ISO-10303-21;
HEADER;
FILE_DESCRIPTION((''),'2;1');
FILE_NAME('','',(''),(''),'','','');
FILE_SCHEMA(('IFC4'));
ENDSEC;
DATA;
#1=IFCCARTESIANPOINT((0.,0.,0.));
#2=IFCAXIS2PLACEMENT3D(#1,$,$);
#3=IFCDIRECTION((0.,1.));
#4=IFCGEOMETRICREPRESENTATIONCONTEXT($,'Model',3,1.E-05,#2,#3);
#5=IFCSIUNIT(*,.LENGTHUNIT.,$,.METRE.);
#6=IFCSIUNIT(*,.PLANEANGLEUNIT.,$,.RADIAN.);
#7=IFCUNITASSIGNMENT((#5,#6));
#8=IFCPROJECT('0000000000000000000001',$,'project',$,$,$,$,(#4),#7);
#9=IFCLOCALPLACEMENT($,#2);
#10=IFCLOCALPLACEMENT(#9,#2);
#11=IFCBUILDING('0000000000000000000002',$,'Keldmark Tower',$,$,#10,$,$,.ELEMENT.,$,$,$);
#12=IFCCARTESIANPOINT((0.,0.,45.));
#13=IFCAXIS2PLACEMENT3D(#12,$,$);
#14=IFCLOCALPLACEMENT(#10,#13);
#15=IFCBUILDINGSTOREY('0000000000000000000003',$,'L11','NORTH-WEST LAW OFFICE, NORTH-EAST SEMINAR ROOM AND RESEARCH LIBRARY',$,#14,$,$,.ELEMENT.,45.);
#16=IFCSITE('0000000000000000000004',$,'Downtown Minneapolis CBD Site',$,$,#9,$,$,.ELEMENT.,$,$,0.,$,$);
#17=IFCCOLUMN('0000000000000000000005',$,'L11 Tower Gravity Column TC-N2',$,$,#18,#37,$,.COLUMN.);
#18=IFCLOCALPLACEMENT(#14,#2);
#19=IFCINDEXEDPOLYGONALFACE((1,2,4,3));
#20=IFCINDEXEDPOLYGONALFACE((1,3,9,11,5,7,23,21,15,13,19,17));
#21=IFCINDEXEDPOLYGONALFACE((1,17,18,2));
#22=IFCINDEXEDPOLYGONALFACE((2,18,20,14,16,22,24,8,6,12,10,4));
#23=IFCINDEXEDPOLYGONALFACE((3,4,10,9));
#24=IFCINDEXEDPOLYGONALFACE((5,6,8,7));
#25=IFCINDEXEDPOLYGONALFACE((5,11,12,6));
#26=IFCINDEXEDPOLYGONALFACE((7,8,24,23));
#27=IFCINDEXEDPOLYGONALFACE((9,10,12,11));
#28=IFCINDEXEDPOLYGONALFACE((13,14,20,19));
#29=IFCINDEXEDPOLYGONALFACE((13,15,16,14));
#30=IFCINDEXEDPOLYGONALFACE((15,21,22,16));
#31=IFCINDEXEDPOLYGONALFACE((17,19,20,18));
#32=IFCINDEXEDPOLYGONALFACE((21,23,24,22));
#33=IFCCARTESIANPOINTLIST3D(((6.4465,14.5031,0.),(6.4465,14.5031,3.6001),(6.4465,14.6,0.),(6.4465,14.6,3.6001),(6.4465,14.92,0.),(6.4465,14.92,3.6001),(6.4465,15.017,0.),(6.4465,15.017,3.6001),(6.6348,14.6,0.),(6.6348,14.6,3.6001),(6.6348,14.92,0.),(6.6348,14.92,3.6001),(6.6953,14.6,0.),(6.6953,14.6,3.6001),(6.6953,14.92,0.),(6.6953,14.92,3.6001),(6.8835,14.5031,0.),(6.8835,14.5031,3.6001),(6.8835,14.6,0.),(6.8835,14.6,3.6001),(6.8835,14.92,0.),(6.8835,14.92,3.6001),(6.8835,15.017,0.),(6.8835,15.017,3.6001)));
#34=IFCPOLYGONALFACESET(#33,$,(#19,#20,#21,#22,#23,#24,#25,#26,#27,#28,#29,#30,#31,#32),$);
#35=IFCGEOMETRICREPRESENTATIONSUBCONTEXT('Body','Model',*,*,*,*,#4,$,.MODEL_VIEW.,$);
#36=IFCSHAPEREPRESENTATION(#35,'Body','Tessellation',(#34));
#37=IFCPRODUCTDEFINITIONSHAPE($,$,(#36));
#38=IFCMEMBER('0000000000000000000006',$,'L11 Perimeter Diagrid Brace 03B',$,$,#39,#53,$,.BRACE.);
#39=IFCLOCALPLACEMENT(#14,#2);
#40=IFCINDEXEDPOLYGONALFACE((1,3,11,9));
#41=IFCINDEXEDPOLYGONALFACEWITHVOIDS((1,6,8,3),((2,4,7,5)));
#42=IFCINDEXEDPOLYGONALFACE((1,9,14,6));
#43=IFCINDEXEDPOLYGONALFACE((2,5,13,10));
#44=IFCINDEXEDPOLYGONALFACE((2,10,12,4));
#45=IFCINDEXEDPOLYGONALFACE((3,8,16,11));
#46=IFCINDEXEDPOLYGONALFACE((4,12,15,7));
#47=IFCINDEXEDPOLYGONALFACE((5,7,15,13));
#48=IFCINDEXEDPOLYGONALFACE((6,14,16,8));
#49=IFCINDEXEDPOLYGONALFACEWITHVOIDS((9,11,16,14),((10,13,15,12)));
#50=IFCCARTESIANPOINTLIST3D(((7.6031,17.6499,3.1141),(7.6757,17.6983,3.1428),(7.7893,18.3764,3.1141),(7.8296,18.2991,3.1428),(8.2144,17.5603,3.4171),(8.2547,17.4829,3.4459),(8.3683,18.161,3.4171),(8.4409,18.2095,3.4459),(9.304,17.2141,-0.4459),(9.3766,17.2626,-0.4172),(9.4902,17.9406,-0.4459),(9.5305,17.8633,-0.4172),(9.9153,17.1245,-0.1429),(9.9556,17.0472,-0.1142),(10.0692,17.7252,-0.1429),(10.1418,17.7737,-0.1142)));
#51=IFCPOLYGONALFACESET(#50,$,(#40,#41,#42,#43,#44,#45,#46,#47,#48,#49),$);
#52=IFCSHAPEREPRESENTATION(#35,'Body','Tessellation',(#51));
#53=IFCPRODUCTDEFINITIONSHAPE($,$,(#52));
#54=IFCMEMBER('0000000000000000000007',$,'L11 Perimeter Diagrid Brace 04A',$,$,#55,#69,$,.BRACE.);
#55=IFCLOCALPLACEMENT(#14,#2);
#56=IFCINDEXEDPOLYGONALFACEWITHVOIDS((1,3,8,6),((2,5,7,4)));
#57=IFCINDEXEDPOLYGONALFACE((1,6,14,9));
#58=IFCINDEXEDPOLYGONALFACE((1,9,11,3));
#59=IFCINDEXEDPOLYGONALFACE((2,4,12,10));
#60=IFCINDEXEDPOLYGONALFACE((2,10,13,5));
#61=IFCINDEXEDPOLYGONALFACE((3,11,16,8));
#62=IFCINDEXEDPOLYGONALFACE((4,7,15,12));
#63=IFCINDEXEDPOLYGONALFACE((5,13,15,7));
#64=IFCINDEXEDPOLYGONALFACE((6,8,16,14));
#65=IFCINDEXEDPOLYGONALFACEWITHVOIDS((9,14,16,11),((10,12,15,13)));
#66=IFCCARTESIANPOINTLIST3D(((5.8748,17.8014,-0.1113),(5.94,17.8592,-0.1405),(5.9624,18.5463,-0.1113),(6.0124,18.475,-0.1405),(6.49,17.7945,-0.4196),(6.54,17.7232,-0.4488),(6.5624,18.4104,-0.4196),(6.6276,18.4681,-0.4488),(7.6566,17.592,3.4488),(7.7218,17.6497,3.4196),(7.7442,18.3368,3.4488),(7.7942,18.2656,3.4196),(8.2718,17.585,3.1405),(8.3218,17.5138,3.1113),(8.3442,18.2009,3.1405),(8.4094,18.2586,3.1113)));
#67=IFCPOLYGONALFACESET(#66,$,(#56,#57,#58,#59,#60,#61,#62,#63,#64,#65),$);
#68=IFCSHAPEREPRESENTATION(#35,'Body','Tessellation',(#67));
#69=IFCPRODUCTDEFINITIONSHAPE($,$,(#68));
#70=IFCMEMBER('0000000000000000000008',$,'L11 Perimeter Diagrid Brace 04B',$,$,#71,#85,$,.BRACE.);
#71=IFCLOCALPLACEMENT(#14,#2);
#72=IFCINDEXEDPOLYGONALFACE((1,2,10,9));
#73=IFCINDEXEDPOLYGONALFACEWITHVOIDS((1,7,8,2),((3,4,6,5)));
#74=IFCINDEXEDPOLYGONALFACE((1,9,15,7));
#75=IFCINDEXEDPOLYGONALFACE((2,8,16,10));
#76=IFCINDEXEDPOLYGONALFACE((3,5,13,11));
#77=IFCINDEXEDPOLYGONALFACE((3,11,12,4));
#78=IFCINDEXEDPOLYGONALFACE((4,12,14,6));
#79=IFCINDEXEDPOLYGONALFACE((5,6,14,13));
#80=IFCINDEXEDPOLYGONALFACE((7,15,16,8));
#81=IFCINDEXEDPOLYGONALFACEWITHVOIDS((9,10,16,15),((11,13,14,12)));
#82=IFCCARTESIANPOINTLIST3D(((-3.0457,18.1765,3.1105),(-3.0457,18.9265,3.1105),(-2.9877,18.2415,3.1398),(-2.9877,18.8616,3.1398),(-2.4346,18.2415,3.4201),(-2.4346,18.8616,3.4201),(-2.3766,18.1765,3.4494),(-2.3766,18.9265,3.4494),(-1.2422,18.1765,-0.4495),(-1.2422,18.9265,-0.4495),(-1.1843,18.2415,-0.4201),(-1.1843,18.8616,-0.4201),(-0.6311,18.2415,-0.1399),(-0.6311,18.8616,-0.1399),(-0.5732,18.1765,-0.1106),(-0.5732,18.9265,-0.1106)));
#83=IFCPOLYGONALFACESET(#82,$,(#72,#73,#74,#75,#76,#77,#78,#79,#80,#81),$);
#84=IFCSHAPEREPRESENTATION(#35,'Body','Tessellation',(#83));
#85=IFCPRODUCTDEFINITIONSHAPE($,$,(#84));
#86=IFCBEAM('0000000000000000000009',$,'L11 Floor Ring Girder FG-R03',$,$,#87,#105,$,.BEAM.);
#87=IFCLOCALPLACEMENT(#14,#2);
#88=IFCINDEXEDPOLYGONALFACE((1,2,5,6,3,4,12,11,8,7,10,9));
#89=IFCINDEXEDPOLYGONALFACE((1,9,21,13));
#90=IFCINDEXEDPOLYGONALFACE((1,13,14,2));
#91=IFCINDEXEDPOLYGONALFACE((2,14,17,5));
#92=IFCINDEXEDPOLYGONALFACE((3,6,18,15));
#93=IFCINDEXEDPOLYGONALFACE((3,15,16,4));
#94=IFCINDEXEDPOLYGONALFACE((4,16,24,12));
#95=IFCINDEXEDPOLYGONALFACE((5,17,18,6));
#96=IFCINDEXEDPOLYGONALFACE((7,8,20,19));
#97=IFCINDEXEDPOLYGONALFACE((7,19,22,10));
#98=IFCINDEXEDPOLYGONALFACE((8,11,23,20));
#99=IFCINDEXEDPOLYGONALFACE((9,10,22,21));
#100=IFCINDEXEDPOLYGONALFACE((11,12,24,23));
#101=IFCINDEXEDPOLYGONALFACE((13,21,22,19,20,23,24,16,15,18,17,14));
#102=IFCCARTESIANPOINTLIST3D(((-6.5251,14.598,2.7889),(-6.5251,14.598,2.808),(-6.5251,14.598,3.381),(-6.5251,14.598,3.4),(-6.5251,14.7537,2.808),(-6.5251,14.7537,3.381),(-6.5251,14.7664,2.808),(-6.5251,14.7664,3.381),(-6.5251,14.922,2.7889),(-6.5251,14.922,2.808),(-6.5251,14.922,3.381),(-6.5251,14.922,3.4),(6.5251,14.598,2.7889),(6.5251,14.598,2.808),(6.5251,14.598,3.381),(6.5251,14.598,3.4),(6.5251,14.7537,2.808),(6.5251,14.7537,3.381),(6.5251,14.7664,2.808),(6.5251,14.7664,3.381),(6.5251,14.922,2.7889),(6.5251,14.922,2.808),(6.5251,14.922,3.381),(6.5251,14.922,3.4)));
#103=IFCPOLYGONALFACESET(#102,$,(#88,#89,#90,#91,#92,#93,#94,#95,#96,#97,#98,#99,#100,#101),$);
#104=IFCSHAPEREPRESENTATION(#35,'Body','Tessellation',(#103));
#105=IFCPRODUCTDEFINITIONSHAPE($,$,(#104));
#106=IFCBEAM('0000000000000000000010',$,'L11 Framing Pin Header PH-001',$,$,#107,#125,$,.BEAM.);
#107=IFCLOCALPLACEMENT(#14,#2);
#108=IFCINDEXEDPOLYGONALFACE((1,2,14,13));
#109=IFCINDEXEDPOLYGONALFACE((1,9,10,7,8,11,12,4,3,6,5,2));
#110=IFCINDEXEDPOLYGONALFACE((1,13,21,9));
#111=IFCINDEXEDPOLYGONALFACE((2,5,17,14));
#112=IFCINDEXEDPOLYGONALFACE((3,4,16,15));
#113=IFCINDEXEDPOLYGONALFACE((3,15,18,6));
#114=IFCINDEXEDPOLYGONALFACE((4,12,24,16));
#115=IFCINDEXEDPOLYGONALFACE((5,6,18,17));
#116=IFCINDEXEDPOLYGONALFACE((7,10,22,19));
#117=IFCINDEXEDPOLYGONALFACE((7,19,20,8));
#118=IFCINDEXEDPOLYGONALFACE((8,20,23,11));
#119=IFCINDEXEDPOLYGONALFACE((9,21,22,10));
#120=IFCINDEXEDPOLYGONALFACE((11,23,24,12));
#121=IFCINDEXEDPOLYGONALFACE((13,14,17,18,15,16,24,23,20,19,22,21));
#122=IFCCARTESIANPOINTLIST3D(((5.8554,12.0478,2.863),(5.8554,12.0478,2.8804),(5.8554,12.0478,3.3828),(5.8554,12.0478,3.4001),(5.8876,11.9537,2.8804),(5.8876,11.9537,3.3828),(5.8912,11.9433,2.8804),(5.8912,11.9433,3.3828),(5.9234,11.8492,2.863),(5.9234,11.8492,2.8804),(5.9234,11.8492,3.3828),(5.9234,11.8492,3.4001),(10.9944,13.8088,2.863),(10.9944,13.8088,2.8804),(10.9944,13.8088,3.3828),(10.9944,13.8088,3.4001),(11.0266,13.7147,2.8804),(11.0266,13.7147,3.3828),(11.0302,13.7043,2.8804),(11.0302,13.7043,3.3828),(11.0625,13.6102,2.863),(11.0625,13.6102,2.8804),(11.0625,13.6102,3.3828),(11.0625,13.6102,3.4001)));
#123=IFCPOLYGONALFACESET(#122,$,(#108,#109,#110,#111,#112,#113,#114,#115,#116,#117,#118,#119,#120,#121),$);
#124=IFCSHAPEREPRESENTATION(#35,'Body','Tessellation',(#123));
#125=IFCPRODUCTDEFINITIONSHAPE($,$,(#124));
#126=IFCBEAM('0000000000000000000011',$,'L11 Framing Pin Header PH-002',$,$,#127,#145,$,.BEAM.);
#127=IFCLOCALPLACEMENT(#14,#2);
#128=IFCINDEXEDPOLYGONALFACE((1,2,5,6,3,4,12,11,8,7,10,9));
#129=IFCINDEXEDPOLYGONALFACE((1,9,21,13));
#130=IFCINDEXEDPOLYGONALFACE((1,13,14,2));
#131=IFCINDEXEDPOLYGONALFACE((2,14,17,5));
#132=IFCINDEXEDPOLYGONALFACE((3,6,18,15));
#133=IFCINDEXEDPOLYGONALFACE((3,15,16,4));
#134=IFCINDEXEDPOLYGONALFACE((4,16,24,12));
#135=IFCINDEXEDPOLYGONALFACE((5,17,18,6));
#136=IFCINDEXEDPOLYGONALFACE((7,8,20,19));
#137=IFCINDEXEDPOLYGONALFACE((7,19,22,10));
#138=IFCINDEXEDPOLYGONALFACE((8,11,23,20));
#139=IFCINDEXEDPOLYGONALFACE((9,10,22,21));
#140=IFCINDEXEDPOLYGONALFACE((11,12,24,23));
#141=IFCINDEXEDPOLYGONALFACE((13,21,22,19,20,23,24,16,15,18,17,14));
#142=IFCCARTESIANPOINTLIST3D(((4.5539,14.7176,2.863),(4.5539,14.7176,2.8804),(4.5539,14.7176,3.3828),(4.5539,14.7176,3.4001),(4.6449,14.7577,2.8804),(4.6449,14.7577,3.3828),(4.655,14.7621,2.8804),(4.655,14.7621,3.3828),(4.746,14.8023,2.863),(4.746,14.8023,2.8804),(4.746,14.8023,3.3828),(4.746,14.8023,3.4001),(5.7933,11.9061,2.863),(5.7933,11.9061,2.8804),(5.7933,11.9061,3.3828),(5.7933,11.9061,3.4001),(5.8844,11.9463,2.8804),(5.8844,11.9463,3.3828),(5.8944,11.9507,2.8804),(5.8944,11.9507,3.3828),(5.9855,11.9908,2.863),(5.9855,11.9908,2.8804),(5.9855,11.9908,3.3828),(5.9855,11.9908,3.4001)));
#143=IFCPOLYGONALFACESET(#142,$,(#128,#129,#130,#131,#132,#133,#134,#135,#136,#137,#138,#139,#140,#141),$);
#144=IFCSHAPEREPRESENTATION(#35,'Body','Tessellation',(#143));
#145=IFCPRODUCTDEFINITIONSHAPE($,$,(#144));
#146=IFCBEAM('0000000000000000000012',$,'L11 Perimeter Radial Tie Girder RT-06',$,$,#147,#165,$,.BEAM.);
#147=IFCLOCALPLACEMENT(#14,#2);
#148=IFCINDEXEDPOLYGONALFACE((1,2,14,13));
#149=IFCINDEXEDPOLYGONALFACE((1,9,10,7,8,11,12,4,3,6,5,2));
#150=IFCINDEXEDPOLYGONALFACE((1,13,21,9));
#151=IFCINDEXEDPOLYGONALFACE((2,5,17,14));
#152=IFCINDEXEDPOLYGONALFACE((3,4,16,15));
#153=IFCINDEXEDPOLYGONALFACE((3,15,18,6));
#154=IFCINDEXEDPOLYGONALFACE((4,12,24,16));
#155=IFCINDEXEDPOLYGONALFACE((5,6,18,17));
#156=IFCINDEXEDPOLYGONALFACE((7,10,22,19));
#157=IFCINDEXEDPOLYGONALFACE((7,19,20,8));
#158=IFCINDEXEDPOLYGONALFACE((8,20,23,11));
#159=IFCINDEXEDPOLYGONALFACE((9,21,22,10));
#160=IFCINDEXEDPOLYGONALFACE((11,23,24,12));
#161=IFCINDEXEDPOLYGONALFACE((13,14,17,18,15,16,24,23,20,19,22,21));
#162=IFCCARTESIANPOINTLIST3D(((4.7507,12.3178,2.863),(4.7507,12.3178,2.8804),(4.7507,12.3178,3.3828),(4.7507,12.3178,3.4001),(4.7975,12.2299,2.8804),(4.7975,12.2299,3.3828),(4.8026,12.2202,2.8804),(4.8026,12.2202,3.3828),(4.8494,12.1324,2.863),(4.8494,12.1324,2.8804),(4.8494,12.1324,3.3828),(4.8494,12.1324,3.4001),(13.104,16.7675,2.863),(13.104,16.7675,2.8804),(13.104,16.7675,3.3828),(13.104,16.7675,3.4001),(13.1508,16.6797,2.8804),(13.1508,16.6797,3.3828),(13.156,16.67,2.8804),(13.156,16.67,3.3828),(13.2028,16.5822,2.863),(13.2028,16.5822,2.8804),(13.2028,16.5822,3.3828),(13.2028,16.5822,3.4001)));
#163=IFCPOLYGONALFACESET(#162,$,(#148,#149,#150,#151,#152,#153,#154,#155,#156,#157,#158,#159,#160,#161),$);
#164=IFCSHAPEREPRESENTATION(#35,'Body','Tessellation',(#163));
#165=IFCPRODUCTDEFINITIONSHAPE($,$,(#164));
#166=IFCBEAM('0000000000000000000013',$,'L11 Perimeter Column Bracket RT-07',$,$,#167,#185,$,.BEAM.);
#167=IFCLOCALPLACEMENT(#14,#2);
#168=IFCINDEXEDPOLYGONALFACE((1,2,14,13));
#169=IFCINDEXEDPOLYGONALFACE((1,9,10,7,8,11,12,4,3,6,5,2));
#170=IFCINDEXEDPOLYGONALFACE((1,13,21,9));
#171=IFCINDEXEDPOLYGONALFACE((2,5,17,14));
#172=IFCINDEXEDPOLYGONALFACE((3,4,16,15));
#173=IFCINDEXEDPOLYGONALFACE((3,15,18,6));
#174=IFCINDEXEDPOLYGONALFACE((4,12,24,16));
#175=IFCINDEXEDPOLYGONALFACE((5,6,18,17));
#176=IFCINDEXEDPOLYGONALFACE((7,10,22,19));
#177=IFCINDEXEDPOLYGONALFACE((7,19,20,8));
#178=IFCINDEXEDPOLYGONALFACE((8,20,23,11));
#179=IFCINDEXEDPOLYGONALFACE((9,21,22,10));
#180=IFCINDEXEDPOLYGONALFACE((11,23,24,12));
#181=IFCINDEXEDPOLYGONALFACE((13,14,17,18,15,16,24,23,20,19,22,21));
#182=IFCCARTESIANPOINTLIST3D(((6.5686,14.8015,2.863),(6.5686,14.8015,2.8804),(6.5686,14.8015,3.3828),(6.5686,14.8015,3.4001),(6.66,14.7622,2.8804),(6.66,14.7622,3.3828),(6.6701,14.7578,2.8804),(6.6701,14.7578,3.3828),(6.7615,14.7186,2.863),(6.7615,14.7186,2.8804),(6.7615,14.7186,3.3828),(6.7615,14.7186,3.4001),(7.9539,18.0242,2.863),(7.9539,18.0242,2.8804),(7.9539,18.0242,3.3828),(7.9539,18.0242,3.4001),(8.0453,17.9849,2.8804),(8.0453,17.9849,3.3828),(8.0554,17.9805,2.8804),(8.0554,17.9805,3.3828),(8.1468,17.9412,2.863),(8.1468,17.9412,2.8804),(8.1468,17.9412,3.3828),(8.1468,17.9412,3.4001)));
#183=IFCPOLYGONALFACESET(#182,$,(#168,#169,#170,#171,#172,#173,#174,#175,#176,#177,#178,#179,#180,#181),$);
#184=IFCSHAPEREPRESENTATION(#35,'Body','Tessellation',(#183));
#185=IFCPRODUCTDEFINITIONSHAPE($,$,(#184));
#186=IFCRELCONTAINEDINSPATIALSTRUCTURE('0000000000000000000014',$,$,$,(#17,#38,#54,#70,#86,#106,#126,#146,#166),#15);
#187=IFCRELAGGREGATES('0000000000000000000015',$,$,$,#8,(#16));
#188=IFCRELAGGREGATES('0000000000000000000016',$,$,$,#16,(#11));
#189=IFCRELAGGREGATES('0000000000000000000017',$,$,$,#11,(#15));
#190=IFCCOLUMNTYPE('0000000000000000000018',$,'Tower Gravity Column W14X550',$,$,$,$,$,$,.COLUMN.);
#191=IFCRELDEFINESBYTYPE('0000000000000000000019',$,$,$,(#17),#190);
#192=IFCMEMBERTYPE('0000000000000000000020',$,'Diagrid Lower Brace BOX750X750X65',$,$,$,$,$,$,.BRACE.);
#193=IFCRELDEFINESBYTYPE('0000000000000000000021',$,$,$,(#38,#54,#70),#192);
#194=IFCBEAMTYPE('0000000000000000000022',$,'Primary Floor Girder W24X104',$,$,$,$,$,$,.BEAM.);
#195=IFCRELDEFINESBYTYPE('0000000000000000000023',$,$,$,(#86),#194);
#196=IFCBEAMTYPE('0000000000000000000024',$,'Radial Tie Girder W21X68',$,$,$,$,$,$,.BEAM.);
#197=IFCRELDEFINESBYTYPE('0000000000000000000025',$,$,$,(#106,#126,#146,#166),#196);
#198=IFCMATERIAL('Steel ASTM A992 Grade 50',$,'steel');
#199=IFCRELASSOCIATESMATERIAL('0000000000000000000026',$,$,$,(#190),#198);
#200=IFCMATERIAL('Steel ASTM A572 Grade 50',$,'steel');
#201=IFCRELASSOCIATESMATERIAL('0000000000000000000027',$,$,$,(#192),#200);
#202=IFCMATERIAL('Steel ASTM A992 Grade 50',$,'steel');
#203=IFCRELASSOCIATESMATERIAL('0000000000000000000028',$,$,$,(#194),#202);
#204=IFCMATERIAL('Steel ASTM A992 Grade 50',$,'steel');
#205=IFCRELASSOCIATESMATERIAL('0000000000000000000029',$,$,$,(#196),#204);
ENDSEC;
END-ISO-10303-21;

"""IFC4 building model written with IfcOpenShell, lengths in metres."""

from ifc_helpers import new_model, si_unit, direction, frame, origin, origin_2d, place, context, subcontext, project, spatial, hollow_rectangle, i_section, extrude, material, material_profile, profile_set, type_object, element, save


model = new_model("IFC4")

# Units and contexts
model_context = context("Model", 3, precision=1e-05, world=origin(), true_north=direction((0.0, 1.0)))
body_context = subcontext(model_context, "Body", "Model", "MODEL_VIEW")
ifc_project = project(units=[si_unit("LENGTHUNIT", "METRE"), si_unit("PLANEANGLEUNIT", "RADIAN")], contexts=[model_context])

# Site, building, storey
site_placement = place(None, origin())
site = spatial("IfcSite", under=ifc_project, at=site_placement, Name="Downtown Minneapolis CBD Site", CompositionType="ELEMENT", RefElevation=0.0)
building_placement = place(site_placement, origin())
building = spatial("IfcBuilding", under=site, at=building_placement, Name="Keldmark Tower", CompositionType="ELEMENT")
storey_placement = place(building_placement, frame((0.0, 0.0, 45.0)))
storey = spatial("IfcBuildingStorey", under=building, at=storey_placement, Name="L11", Description="NORTH-WEST LAW OFFICE, NORTH-EAST SEMINAR ROOM AND RESEARCH LIBRARY", CompositionType="ELEMENT", Elevation=45.0)

# Column
ifc_material_1 = material(Name="Steel ASTM A992 Grade 50", Category="steel")
ifc_material_profile_1 = material_profile(ifc_material_1, i_section(OverallWidth=0.437, OverallDepth=0.5139, WebThickness=0.0605, FlangeThickness=0.0969, at=origin_2d()), Name="W14X550")
ifc_profile_set_1 = profile_set([ifc_material_profile_1], Name="Steel ASTM A992 Grade 50")
column_type = type_object("IfcColumnType", Name="Tower Gravity Column W14X550", PredefinedType="COLUMN", material=ifc_profile_set_1)
column_placement = place(storey_placement, frame((6.665, 14.76, 0.0), z_axis=(0.0, 0.0, 1.0), x_axis=(1.0, 0.0, 0.0)))
element("IfcColumn", 1, at=column_placement, inside=storey, type_object=column_type, Name="L11 Tower Gravity Column TC-N2", PredefinedType="COLUMN", context=body_context, shape_type="SweptSolid", body=[
    extrude(i_section(OverallWidth=0.437, OverallDepth=0.5139, WebThickness=0.0605, FlangeThickness=0.0969, at=origin_2d()), origin(), (0.0, 0.0, 1.0), 3.6001),
])

# Members
ifc_material_2 = material(Name="Steel ASTM A572 Grade 50", Category="steel")
ifc_material_profile_2 = material_profile(ifc_material_2, hollow_rectangle(XDim=0.75, YDim=0.75, WallThickness=0.0649, at=origin_2d()), Name="BOX750X750X65")
ifc_profile_set_2 = profile_set([ifc_material_profile_2], Name="Steel ASTM A572 Grade 50")
member_type = type_object("IfcMemberType", Name="Diagrid Lower Brace BOX750X750X65", PredefinedType="BRACE", material=ifc_profile_set_2)
member_1_placement = place(storey_placement, frame((9.7229, 17.4939, -0.28), z_axis=(-0.428497, 0.109784, 0.896849), x_axis=(-0.248191, -0.968711, 0.0)))
element("IfcMember", 2, at=member_1_placement, inside=storey, type_object=member_type, Name="L11 Perimeter Diagrid Brace 03B", PredefinedType="BRACE", context=body_context, shape_type="SweptSolid", body=[
    extrude(hollow_rectangle(XDim=0.75, YDim=0.75, WallThickness=0.0649, at=origin_2d()), origin(), (0.0, 0.0, 1.0), 3.9695),
])
member_2_placement = place(storey_placement, frame((6.2512, 18.1348, -0.28), z_axis=(0.446939, -0.052545, 0.89302), x_axis=(0.116762, 0.99316, 0.0)))
element("IfcMember", 3, at=member_2_placement, inside=storey, type_object=member_type, Name="L11 Perimeter Diagrid Brace 04A", PredefinedType="BRACE", context=body_context, shape_type="SweptSolid", body=[
    extrude(hollow_rectangle(XDim=0.75, YDim=0.75, WallThickness=0.0649, at=origin_2d()), origin(), (0.0, 0.0, 1.0), 3.9866),
])
member_3_placement = place(storey_placement, frame((-0.9077, 18.5515, -0.28), z_axis=(-0.451906, 0.0, 0.892066), x_axis=(0.0, -1.0, 0.0)))
element("IfcMember", 4, at=member_3_placement, inside=storey, type_object=member_type, Name="L11 Perimeter Diagrid Brace 04B", PredefinedType="BRACE", context=body_context, shape_type="SweptSolid", body=[
    extrude(hollow_rectangle(XDim=0.75, YDim=0.75, WallThickness=0.0649, at=origin_2d()), origin(), (0.0, 0.0, 1.0), 3.9907),
])

# Beams
ifc_material_3 = material(Name="Steel ASTM A992 Grade 50", Category="steel")
ifc_material_profile_3 = material_profile(ifc_material_3, i_section(OverallWidth=0.324, OverallDepth=0.6111, WebThickness=0.0127, FlangeThickness=0.019, at=origin_2d()), Name="W24X104")
ifc_profile_set_3 = profile_set([ifc_material_profile_3], Name="Steel ASTM A992 Grade 50")
beam_type_1 = type_object("IfcBeamType", Name="Primary Floor Girder W24X104", PredefinedType="BEAM", material=ifc_profile_set_3)
beam_1_placement = place(storey_placement, frame((6.5251, 14.76, 3.0945), z_axis=(-1.0, 0.0, 0.0), x_axis=(0.0, -1.0, 0.0)))
element("IfcBeam", 5, at=beam_1_placement, inside=storey, type_object=beam_type_1, Name="L11 Floor Ring Girder FG-R03", PredefinedType="BEAM", context=body_context, shape_type="SweptSolid", body=[
    extrude(i_section(OverallWidth=0.324, OverallDepth=0.6111, WebThickness=0.0127, FlangeThickness=0.019, at=origin_2d()), origin(), (0.0, 0.0, 1.0), 13.0503),
])
ifc_material_4 = material(Name="Steel ASTM A992 Grade 50", Category="steel")
ifc_material_profile_4 = material_profile(ifc_material_4, i_section(OverallWidth=0.21, OverallDepth=0.5371, WebThickness=0.011, FlangeThickness=0.0173, at=origin_2d()), Name="W21X68")
ifc_profile_set_4 = profile_set([ifc_material_profile_4], Name="Steel ASTM A992 Grade 50")
beam_type_2 = type_object("IfcBeamType", Name="Radial Tie Girder W21X68", PredefinedType="BEAM", material=ifc_profile_set_4)
beam_2_placement = place(storey_placement, frame((5.8894, 11.9485, 3.1316), z_axis=(0.945998, 0.324172, 0.0), x_axis=(-0.324172, 0.945998, 0.0)))
element("IfcBeam", 6, at=beam_2_placement, inside=storey, type_object=beam_type_2, Name="L11 Framing Pin Header PH-001", PredefinedType="BEAM", context=body_context, shape_type="SweptSolid", body=[
    extrude(i_section(OverallWidth=0.21, OverallDepth=0.5371, WebThickness=0.011, FlangeThickness=0.0173, at=origin_2d()), origin(), (0.0, 0.0, 1.0), 5.4324),
])
beam_3_placement = place(storey_placement, frame((5.8894, 11.9485, 3.1316), z_axis=(-0.403402, 0.915023, 0.0), x_axis=(-0.915023, -0.403402, 0.0)))
element("IfcBeam", 7, at=beam_3_placement, inside=storey, type_object=beam_type_2, Name="L11 Framing Pin Header PH-002", PredefinedType="BEAM", context=body_context, shape_type="SweptSolid", body=[
    extrude(i_section(OverallWidth=0.21, OverallDepth=0.5371, WebThickness=0.011, FlangeThickness=0.0173, at=origin_2d()), origin(), (0.0, 0.0, 1.0), 3.0725),
])
beam_4_placement = place(storey_placement, frame((4.8, 12.2251, 3.1316), z_axis=(0.882588, 0.470146, 0.0), x_axis=(-0.470146, 0.882588, 0.0)))
element("IfcBeam", 8, at=beam_4_placement, inside=storey, type_object=beam_type_2, Name="L11 Perimeter Radial Tie Girder RT-06", PredefinedType="BEAM", context=body_context, shape_type="SweptSolid", body=[
    extrude(i_section(OverallWidth=0.21, OverallDepth=0.5371, WebThickness=0.011, FlangeThickness=0.0173, at=origin_2d()), origin(), (0.0, 0.0, 1.0), 9.4646),
])
beam_5_placement = place(storey_placement, frame((6.665, 14.76, 3.1316), z_axis=(0.39491, 0.91872, 0.0), x_axis=(-0.91872, 0.39491, 0.0)))
element("IfcBeam", 9, at=beam_5_placement, inside=storey, type_object=beam_type_2, Name="L11 Perimeter Column Bracket RT-07", PredefinedType="BEAM", context=body_context, shape_type="SweptSolid", body=[
    extrude(i_section(OverallWidth=0.21, OverallDepth=0.5371, WebThickness=0.011, FlangeThickness=0.0173, at=origin_2d()), origin(), (0.0, 0.0, 1.0), 3.5078),
])

save(model, "model.ifc")
